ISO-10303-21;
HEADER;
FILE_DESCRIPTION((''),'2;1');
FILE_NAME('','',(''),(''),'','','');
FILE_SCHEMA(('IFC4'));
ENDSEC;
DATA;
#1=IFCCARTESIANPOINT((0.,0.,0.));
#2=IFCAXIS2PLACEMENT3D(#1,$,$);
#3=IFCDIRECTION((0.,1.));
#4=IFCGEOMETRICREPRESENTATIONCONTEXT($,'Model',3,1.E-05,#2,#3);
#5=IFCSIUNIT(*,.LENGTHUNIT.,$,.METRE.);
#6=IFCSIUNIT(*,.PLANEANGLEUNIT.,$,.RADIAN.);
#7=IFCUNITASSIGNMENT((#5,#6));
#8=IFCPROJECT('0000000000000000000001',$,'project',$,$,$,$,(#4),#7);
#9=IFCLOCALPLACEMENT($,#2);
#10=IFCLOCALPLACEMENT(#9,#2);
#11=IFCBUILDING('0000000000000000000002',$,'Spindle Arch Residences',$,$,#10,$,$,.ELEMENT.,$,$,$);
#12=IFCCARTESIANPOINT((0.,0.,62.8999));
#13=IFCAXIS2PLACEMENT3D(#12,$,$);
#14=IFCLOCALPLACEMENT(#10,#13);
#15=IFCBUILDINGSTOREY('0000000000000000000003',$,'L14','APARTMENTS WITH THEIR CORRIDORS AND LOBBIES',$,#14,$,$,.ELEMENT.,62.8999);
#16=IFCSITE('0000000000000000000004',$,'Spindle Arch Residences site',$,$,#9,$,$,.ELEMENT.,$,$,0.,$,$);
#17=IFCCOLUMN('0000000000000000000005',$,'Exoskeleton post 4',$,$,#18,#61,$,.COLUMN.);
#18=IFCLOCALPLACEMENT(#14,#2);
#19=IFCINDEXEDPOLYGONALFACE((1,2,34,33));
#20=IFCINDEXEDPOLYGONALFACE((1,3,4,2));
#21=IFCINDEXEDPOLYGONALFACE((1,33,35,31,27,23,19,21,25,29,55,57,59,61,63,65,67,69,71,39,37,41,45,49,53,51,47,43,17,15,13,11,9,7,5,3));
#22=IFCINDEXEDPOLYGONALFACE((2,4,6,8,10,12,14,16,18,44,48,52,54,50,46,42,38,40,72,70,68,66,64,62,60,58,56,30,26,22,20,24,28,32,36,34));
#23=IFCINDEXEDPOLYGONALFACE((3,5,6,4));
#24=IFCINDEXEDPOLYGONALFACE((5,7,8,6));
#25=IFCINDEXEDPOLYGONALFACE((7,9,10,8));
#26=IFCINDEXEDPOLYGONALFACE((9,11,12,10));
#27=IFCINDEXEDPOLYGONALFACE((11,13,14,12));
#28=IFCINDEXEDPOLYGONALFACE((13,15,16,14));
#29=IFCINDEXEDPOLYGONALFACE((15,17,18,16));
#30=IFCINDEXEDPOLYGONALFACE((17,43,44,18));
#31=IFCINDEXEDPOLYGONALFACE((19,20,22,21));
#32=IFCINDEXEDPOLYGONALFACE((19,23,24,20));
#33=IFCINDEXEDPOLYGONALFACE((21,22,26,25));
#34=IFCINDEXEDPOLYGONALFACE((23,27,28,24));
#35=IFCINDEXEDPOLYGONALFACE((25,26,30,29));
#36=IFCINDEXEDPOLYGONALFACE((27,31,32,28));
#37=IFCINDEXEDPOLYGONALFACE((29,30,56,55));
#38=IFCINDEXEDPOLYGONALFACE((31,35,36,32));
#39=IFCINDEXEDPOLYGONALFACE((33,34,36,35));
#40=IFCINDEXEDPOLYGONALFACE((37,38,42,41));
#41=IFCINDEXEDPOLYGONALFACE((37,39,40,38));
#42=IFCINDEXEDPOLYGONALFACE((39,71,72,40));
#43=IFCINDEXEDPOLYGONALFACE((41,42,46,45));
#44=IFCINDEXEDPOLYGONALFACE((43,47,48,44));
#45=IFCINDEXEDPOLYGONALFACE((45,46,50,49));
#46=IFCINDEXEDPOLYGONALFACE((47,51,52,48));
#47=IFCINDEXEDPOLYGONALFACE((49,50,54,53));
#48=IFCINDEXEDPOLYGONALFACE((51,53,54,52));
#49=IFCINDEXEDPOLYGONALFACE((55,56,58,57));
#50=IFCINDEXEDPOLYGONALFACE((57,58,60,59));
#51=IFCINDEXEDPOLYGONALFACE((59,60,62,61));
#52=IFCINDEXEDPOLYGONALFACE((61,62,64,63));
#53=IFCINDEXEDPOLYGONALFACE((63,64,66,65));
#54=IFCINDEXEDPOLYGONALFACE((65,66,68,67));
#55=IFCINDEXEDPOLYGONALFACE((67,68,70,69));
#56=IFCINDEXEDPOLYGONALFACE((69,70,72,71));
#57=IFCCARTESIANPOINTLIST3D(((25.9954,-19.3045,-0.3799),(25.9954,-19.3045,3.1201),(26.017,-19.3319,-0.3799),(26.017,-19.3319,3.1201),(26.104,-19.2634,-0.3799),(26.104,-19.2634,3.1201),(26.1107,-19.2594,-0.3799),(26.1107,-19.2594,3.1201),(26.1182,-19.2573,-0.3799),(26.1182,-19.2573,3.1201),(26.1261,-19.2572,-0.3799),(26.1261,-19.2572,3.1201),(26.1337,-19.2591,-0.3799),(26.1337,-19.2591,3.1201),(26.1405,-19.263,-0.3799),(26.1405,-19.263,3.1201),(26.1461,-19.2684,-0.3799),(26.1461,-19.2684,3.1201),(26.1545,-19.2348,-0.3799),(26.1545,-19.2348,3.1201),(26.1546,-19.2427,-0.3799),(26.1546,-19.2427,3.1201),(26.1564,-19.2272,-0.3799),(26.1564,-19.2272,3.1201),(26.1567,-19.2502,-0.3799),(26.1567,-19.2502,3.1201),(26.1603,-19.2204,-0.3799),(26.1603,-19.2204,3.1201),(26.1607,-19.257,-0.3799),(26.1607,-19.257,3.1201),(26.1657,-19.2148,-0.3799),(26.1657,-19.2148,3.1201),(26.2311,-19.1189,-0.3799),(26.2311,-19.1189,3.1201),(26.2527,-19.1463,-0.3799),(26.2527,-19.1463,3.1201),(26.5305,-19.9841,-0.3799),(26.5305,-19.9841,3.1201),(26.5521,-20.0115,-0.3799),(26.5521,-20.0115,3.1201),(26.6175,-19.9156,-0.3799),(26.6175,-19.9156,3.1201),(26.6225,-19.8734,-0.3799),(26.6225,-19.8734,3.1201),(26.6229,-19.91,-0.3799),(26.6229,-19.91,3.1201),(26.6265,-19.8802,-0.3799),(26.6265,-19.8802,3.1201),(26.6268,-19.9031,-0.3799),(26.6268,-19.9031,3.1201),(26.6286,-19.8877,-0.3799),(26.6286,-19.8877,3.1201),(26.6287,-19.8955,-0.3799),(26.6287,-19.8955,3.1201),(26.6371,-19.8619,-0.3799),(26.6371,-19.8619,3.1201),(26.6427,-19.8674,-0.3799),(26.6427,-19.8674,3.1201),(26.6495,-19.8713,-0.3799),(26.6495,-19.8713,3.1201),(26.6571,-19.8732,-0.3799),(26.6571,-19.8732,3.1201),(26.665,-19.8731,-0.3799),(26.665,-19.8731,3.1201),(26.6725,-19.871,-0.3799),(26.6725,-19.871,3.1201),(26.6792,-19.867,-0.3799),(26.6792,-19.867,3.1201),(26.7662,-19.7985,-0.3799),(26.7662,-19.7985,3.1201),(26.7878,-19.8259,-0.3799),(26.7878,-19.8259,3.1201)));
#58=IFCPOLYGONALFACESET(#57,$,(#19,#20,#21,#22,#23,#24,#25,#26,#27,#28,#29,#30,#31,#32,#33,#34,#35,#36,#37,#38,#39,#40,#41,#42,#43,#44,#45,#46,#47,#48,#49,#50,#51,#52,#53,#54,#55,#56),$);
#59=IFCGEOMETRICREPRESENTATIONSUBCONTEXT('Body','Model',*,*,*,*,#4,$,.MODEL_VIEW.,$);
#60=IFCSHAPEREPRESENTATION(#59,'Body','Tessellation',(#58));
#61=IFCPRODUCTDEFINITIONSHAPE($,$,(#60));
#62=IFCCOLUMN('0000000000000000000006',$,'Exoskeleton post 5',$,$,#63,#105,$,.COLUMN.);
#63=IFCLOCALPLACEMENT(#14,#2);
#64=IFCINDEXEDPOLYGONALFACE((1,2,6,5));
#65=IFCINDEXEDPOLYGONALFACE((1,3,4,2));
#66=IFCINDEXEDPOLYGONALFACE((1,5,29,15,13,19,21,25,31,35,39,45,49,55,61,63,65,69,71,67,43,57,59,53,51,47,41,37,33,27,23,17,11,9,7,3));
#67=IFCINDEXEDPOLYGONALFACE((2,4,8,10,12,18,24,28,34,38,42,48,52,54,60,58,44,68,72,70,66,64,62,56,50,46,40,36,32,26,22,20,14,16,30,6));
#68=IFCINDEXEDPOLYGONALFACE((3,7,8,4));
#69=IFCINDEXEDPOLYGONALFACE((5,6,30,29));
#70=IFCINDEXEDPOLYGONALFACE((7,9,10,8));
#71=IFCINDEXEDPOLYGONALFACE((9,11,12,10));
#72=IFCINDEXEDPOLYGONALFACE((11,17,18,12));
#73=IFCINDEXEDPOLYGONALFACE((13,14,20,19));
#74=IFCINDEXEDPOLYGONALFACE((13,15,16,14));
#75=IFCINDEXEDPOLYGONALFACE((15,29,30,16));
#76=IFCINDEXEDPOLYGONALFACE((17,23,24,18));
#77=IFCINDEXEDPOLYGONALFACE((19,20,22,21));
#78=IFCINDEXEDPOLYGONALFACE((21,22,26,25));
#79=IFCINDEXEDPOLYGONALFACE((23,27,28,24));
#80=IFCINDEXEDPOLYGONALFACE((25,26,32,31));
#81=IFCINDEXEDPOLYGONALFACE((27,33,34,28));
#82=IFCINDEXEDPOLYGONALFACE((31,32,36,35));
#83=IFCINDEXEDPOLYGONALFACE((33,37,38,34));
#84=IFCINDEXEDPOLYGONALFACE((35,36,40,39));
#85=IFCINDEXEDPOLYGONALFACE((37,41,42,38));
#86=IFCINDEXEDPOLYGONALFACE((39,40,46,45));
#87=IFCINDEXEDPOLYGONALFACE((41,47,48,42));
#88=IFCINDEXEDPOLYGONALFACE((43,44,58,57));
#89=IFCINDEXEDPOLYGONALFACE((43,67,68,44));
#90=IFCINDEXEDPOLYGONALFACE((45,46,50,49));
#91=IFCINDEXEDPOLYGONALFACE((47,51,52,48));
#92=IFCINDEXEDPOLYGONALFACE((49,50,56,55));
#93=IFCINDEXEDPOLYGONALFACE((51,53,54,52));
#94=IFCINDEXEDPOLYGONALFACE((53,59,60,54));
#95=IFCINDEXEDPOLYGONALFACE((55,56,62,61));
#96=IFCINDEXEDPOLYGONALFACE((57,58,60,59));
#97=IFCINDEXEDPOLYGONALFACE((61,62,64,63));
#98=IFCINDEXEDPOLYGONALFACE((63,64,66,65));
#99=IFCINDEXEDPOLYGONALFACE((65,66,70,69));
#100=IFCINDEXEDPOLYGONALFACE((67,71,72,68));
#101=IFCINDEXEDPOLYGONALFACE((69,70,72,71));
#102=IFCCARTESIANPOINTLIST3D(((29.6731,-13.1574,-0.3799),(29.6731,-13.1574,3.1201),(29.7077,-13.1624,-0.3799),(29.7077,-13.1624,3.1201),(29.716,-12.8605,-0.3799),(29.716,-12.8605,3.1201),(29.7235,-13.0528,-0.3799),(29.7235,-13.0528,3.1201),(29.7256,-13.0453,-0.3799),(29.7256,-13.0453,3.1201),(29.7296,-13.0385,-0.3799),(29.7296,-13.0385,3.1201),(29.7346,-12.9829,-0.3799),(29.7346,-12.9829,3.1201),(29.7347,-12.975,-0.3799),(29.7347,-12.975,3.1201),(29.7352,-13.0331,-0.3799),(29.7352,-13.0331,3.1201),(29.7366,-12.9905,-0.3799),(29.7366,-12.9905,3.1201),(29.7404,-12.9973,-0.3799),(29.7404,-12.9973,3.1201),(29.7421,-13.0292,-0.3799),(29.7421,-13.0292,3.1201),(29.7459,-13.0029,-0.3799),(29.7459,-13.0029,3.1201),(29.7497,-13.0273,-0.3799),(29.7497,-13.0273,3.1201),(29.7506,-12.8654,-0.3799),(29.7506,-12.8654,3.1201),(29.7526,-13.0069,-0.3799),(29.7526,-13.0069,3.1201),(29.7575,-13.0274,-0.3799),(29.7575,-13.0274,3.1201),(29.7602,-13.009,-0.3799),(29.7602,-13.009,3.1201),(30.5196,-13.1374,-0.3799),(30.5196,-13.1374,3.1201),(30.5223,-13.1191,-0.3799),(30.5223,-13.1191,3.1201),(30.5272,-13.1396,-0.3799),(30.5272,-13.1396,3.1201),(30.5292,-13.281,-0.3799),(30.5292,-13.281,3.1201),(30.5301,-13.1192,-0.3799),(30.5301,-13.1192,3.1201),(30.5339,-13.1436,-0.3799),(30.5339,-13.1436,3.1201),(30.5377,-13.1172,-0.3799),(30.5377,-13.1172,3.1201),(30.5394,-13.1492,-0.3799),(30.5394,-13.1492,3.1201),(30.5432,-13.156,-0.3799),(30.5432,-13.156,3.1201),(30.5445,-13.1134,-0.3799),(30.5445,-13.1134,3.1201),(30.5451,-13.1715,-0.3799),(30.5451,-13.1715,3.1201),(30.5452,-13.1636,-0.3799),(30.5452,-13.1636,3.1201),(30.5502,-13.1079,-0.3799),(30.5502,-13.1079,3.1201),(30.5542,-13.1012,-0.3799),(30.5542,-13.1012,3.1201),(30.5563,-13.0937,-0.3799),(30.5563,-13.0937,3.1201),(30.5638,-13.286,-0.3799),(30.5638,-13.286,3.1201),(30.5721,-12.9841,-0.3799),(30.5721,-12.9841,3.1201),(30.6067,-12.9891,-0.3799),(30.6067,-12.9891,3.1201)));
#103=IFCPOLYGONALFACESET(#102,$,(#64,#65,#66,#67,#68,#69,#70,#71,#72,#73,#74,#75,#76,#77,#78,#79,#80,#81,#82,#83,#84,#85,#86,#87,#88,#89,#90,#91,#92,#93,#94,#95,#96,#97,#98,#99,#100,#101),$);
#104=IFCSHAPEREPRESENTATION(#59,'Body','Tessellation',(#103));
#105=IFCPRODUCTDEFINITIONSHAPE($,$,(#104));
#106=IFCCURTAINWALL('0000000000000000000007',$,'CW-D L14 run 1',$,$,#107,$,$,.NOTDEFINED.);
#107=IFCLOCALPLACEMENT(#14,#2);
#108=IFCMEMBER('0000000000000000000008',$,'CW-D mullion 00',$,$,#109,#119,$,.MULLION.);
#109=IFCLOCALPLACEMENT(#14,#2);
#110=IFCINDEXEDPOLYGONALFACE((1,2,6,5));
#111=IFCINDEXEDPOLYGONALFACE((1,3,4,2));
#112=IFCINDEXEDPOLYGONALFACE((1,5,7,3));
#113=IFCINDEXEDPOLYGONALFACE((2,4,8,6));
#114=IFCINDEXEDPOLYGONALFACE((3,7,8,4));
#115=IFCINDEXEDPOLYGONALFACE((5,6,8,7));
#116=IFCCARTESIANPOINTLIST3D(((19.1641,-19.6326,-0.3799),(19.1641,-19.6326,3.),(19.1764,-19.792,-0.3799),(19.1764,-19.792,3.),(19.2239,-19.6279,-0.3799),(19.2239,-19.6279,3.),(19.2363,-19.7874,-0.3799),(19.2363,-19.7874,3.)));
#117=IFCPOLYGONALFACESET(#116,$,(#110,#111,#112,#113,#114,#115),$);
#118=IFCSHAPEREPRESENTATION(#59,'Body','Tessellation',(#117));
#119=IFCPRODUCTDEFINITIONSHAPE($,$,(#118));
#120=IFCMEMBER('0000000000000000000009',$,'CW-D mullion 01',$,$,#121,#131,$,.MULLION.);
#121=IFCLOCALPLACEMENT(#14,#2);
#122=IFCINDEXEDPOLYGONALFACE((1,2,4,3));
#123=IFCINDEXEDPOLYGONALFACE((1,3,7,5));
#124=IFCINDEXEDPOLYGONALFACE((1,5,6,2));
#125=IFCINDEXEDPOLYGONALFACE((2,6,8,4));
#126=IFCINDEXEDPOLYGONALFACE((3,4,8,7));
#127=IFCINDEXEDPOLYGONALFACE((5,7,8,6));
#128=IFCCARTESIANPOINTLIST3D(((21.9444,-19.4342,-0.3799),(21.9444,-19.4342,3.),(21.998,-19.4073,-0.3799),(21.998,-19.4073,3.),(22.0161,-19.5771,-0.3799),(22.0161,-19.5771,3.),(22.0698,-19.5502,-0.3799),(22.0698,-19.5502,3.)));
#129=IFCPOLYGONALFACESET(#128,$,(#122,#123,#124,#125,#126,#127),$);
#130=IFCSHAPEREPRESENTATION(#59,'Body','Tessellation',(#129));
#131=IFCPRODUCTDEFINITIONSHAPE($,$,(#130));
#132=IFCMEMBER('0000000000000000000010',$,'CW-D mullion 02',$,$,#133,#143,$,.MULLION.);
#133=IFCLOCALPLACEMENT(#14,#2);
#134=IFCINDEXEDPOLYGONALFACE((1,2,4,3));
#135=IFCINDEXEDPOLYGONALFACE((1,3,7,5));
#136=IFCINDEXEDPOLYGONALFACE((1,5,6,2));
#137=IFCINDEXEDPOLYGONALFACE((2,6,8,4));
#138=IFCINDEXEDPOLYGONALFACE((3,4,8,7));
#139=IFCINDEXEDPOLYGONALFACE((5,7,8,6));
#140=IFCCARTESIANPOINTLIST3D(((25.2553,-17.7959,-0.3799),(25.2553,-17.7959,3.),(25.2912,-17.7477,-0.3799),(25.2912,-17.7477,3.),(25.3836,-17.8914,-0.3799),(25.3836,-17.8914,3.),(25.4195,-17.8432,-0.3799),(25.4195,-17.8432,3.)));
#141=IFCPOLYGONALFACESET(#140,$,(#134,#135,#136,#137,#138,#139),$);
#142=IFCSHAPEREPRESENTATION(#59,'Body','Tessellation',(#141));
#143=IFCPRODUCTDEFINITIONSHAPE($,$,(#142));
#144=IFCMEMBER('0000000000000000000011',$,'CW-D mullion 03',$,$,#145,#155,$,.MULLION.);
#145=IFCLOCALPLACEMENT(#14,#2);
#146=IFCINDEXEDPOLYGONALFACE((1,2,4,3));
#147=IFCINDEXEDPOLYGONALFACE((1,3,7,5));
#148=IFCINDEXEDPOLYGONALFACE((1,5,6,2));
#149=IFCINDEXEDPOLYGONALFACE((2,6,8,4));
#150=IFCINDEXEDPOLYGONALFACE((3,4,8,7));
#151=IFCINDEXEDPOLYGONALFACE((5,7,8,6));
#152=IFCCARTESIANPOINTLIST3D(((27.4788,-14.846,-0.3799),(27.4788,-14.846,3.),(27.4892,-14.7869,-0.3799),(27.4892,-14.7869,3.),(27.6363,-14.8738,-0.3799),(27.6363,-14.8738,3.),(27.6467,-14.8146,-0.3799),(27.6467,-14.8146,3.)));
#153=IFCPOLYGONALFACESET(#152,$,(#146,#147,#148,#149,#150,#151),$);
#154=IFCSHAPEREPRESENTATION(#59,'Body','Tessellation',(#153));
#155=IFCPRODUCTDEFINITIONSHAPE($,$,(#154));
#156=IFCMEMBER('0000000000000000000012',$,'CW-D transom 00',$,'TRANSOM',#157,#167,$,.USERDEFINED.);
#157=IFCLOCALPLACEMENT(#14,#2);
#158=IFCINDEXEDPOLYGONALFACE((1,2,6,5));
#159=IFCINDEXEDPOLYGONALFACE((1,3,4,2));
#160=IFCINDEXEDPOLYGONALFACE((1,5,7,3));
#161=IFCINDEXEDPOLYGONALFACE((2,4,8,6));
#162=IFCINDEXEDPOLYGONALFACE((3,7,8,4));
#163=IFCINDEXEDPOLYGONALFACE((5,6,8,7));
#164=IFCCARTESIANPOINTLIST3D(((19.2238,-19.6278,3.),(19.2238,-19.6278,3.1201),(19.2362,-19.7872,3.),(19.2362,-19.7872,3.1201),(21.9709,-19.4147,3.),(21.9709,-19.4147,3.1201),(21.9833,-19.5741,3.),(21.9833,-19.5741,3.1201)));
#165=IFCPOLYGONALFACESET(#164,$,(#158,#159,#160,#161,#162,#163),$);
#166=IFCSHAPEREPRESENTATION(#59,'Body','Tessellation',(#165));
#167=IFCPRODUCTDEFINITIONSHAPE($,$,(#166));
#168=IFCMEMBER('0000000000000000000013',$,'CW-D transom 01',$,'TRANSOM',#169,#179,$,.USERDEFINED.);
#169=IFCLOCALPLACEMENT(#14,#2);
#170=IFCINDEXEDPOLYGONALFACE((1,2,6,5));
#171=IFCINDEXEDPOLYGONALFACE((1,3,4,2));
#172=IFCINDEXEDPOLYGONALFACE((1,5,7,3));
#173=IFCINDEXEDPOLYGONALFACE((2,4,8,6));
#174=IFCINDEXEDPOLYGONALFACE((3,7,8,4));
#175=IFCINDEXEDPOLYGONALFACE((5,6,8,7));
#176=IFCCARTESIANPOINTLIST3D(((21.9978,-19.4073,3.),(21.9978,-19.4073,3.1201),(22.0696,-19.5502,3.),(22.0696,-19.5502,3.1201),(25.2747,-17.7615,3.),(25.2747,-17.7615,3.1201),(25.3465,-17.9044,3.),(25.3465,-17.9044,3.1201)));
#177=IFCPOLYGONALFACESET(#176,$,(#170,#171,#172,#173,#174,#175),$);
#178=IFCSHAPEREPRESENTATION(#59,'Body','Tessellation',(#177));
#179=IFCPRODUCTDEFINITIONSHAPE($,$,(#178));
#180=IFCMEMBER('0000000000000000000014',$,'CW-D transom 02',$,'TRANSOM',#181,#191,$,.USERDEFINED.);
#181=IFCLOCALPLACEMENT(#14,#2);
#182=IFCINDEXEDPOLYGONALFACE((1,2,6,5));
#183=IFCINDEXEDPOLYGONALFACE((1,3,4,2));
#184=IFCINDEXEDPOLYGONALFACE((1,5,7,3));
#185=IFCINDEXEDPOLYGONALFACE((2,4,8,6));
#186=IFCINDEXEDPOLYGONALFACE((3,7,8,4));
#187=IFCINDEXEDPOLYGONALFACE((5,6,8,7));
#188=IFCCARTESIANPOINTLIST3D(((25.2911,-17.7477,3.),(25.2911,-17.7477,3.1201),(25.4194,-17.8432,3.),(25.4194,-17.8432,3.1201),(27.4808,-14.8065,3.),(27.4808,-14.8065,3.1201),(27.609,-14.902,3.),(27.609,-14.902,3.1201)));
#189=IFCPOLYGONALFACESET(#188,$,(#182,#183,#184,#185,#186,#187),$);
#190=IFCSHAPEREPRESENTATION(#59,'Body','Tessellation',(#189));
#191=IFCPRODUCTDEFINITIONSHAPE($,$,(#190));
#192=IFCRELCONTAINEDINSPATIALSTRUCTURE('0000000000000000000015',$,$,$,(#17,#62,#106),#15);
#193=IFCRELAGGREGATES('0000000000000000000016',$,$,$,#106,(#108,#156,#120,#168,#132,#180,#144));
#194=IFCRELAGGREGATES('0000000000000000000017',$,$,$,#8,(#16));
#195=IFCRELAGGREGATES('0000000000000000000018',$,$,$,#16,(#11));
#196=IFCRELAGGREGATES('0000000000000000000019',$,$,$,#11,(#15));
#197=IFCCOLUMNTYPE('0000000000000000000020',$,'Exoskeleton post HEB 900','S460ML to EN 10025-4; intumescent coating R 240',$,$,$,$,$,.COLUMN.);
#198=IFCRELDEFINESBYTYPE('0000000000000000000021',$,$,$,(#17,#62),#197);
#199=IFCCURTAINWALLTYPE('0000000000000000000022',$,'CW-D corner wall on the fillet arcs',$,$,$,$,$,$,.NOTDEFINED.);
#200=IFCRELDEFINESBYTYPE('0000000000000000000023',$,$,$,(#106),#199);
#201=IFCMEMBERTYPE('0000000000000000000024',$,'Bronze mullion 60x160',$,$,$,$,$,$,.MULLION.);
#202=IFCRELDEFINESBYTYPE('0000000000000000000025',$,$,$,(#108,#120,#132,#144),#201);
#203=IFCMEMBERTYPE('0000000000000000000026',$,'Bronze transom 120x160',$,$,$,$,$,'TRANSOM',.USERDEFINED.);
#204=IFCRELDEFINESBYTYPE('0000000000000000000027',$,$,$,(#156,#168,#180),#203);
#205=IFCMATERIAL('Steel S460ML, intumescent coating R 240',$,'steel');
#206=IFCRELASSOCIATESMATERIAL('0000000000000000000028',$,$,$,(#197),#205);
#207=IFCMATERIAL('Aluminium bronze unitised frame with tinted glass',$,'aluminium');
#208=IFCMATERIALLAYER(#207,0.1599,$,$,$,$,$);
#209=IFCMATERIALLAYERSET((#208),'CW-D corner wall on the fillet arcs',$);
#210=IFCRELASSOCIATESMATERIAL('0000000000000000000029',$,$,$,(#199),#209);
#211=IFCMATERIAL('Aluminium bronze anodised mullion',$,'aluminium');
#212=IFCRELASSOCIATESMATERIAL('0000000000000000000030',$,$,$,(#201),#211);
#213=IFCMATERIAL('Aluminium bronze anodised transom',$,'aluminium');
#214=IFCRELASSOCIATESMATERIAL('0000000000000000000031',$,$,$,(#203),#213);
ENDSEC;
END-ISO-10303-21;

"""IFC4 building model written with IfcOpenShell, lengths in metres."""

from ifc_helpers import new_model, si_unit, direction, frame, origin, origin_2d, place, context, subcontext, project, spatial, rectangle, i_section, extrude, material, layer, layer_set, material_profile, profile_set, type_object, element, aggregate, save


model = new_model("IFC4")

# Units and contexts
model_context = context("Model", 3, precision=1e-05, world=origin(), true_north=direction((0.0, 1.0)))
body_context = subcontext(model_context, "Body", "Model", "MODEL_VIEW")
ifc_project = project(units=[si_unit("LENGTHUNIT", "METRE"), si_unit("PLANEANGLEUNIT", "RADIAN")], contexts=[model_context])

# Site, building, storey
site_placement = place(None, origin())
site = spatial("IfcSite", under=ifc_project, at=site_placement, Name="Spindle Arch Residences site", CompositionType="ELEMENT", RefElevation=0.0)
building_placement = place(site_placement, origin())
building = spatial("IfcBuilding", under=site, at=building_placement, Name="Spindle Arch Residences", CompositionType="ELEMENT")
storey_placement = place(building_placement, frame((0.0, 0.0, 62.8999)))
storey = spatial("IfcBuildingStorey", under=building, at=storey_placement, Name="L14", Description="APARTMENTS WITH THEIR CORRIDORS AND LOBBIES", CompositionType="ELEMENT", Elevation=62.8999)

# Columns
ifc_material_1 = material(Name="Steel S460ML, intumescent coating R 240", Category="steel")
ifc_material_profile_1 = material_profile(ifc_material_1, i_section(OverallWidth=0.3, OverallDepth=0.8999, WebThickness=0.0186, FlangeThickness=0.0349, FilletRadius=0.03, at=origin_2d()), Name="HEB 900")
ifc_profile_set_1 = profile_set([ifc_material_profile_1], Name="Steel S460ML, intumescent coating R 240")
column_type = type_object("IfcColumnType", Name="Exoskeleton post HEB 900", Description="S460ML to EN 10025-4; intumescent coating R 240", PredefinedType="COLUMN", material=ifc_profile_set_1)
for number, where, z_axis, x_axis, name in (
    (1, (26.3916, -19.5652, -0.3799), (0.0, 0.0, 1.0), (-0.785684, -0.618629, 0.0), "Exoskeleton post 4"),
    (2, (30.1399, -13.0732, -0.3799), (0.0, 0.0, 1.0), (-0.142906, -0.989736, 0.0), "Exoskeleton post 5"),
):
    element("IfcColumn", number, at=place(storey_placement, frame(where, z_axis=z_axis, x_axis=x_axis)), inside=storey, type_object=column_type, Name=name, PredefinedType="COLUMN", context=body_context, shape_type="SweptSolid", body=[
        extrude(i_section(OverallWidth=0.3, OverallDepth=0.8999, WebThickness=0.0186, FlangeThickness=0.0349, FilletRadius=0.03, at=origin_2d()), origin(), (0.0, 0.0, 1.0), 3.5),
    ])

# Curtain wall, members
ifc_material_2 = material(Name="Aluminium bronze unitised frame with tinted glass", Category="aluminium")
ifc_layer_1 = layer(ifc_material_2, 0.1599)
ifc_layer_set_1 = layer_set([ifc_layer_1], Name="CW-D corner wall on the fillet arcs")
curtain_wall_type = type_object("IfcCurtainWallType", Name="CW-D corner wall on the fillet arcs", PredefinedType="NOTDEFINED", material=ifc_layer_set_1)
curtain_wall_placement = place(storey_placement, origin())
curtain_wall = element("IfcCurtainWall", 3, at=curtain_wall_placement, inside=storey, type_object=curtain_wall_type, Name="CW-D L14 run 1", PredefinedType="NOTDEFINED")
ifc_material_3 = material(Name="Aluminium bronze anodised mullion", Category="aluminium")
ifc_material_profile_2 = material_profile(ifc_material_3, rectangle(XDim=0.1599, YDim=0.0601, at=origin_2d()), Name="MU 60x160")
ifc_profile_set_2 = profile_set([ifc_material_profile_2], Name="Aluminium bronze anodised mullion")
member_type_1 = type_object("IfcMemberType", Name="Bronze mullion 60x160", PredefinedType="MULLION", material=ifc_profile_set_2)
member_1_placement = place(storey_placement, frame((19.2002, -19.71, -0.3799), z_axis=(0.0, 0.0, 1.0), x_axis=(-0.077364, 0.997003, 0.0)))
member_1 = element("IfcMember", 4, at=member_1_placement, type_object=member_type_1, Name="CW-D mullion 00", PredefinedType="MULLION", context=body_context, shape_type="SweptSolid", body=[
    extrude(rectangle(XDim=0.1599, YDim=0.0601, at=origin_2d()), origin(), (0.0, 0.0, 1.0), 3.3799),
])
member_2_placement = place(storey_placement, frame((22.0071, -19.4922, -0.3799), z_axis=(0.0, 0.0, 1.0), x_axis=(-0.448799, 0.893633, 0.0)))
member_2 = element("IfcMember", 5, at=member_2_placement, type_object=member_type_1, Name="CW-D mullion 01", PredefinedType="MULLION", context=body_context, shape_type="SweptSolid", body=[
    extrude(rectangle(XDim=0.1599, YDim=0.0601, at=origin_2d()), origin(), (0.0, 0.0, 1.0), 3.3799),
])
member_3_placement = place(storey_placement, frame((25.3374, -17.8196, -0.3799), z_axis=(0.0, 0.0, 1.0), x_axis=(-0.802123, 0.597159, 0.0)))
member_3 = element("IfcMember", 6, at=member_3_placement, type_object=member_type_1, Name="CW-D mullion 02", PredefinedType="MULLION", context=body_context, shape_type="SweptSolid", body=[
    extrude(rectangle(XDim=0.1599, YDim=0.0601, at=origin_2d()), origin(), (0.0, 0.0, 1.0), 3.3799),
])
member_4_placement = place(storey_placement, frame((27.5627, -14.8303, -0.3799), z_axis=(0.0, 0.0, 1.0), x_axis=(-0.984808, 0.173648, 0.0)))
member_4 = element("IfcMember", 7, at=member_4_placement, type_object=member_type_1, Name="CW-D mullion 03", PredefinedType="MULLION", context=body_context, shape_type="SweptSolid", body=[
    extrude(rectangle(XDim=0.1599, YDim=0.0601, at=origin_2d()), origin(), (0.0, 0.0, 1.0), 3.3799),
])
ifc_material_4 = material(Name="Aluminium bronze anodised transom", Category="aluminium")
ifc_material_profile_3 = material_profile(ifc_material_4, rectangle(XDim=0.1599, YDim=0.1201, at=origin_2d()), Name="TR 120x160")
ifc_profile_set_3 = profile_set([ifc_material_profile_3], Name="Aluminium bronze anodised transom")
member_type_2 = type_object("IfcMemberType", Name="Bronze transom 120x160", ElementType="TRANSOM", PredefinedType="USERDEFINED", material=ifc_profile_set_3)
member_5_placement = place(storey_placement, frame((19.23, -19.7075, 3.0601), z_axis=(0.997004, 0.077354, 0.0), x_axis=(-0.077354, 0.997004, 0.0)))
member_5 = element("IfcMember", 8, at=member_5_placement, type_object=member_type_2, Name="CW-D transom 00", ObjectType="TRANSOM", PredefinedType="USERDEFINED", context=body_context, shape_type="SweptSolid", body=[
    extrude(rectangle(XDim=0.1599, YDim=0.1201, at=origin_2d()), origin(), (0.0, 0.0, 1.0), 2.7554),
])
member_6_placement = place(storey_placement, frame((22.0337, -19.4788, 3.0601), z_axis=(0.893627, 0.448811, 0.0), x_axis=(-0.448811, 0.893627, 0.0)))
member_6 = element("IfcMember", 9, at=member_6_placement, type_object=member_type_2, Name="CW-D transom 01", ObjectType="TRANSOM", PredefinedType="USERDEFINED", context=body_context, shape_type="SweptSolid", body=[
    extrude(rectangle(XDim=0.1599, YDim=0.1201, at=origin_2d()), origin(), (0.0, 0.0, 1.0), 3.667),
])
member_7_placement = place(storey_placement, frame((25.3552, -17.7954, 3.0601), z_axis=(0.597173, 0.802112, 0.0), x_axis=(-0.802112, 0.597173, 0.0)))
member_7 = element("IfcMember", 10, at=member_7_placement, type_object=member_type_2, Name="CW-D transom 02", ObjectType="TRANSOM", PredefinedType="USERDEFINED", context=body_context, shape_type="SweptSolid", body=[
    extrude(rectangle(XDim=0.1599, YDim=0.1201, at=origin_2d()), origin(), (0.0, 0.0, 1.0), 3.6667),
])

aggregate(curtain_wall, [member_1, member_5, member_2, member_6, member_3, member_7, member_4])

save(model, "model.ifc")
